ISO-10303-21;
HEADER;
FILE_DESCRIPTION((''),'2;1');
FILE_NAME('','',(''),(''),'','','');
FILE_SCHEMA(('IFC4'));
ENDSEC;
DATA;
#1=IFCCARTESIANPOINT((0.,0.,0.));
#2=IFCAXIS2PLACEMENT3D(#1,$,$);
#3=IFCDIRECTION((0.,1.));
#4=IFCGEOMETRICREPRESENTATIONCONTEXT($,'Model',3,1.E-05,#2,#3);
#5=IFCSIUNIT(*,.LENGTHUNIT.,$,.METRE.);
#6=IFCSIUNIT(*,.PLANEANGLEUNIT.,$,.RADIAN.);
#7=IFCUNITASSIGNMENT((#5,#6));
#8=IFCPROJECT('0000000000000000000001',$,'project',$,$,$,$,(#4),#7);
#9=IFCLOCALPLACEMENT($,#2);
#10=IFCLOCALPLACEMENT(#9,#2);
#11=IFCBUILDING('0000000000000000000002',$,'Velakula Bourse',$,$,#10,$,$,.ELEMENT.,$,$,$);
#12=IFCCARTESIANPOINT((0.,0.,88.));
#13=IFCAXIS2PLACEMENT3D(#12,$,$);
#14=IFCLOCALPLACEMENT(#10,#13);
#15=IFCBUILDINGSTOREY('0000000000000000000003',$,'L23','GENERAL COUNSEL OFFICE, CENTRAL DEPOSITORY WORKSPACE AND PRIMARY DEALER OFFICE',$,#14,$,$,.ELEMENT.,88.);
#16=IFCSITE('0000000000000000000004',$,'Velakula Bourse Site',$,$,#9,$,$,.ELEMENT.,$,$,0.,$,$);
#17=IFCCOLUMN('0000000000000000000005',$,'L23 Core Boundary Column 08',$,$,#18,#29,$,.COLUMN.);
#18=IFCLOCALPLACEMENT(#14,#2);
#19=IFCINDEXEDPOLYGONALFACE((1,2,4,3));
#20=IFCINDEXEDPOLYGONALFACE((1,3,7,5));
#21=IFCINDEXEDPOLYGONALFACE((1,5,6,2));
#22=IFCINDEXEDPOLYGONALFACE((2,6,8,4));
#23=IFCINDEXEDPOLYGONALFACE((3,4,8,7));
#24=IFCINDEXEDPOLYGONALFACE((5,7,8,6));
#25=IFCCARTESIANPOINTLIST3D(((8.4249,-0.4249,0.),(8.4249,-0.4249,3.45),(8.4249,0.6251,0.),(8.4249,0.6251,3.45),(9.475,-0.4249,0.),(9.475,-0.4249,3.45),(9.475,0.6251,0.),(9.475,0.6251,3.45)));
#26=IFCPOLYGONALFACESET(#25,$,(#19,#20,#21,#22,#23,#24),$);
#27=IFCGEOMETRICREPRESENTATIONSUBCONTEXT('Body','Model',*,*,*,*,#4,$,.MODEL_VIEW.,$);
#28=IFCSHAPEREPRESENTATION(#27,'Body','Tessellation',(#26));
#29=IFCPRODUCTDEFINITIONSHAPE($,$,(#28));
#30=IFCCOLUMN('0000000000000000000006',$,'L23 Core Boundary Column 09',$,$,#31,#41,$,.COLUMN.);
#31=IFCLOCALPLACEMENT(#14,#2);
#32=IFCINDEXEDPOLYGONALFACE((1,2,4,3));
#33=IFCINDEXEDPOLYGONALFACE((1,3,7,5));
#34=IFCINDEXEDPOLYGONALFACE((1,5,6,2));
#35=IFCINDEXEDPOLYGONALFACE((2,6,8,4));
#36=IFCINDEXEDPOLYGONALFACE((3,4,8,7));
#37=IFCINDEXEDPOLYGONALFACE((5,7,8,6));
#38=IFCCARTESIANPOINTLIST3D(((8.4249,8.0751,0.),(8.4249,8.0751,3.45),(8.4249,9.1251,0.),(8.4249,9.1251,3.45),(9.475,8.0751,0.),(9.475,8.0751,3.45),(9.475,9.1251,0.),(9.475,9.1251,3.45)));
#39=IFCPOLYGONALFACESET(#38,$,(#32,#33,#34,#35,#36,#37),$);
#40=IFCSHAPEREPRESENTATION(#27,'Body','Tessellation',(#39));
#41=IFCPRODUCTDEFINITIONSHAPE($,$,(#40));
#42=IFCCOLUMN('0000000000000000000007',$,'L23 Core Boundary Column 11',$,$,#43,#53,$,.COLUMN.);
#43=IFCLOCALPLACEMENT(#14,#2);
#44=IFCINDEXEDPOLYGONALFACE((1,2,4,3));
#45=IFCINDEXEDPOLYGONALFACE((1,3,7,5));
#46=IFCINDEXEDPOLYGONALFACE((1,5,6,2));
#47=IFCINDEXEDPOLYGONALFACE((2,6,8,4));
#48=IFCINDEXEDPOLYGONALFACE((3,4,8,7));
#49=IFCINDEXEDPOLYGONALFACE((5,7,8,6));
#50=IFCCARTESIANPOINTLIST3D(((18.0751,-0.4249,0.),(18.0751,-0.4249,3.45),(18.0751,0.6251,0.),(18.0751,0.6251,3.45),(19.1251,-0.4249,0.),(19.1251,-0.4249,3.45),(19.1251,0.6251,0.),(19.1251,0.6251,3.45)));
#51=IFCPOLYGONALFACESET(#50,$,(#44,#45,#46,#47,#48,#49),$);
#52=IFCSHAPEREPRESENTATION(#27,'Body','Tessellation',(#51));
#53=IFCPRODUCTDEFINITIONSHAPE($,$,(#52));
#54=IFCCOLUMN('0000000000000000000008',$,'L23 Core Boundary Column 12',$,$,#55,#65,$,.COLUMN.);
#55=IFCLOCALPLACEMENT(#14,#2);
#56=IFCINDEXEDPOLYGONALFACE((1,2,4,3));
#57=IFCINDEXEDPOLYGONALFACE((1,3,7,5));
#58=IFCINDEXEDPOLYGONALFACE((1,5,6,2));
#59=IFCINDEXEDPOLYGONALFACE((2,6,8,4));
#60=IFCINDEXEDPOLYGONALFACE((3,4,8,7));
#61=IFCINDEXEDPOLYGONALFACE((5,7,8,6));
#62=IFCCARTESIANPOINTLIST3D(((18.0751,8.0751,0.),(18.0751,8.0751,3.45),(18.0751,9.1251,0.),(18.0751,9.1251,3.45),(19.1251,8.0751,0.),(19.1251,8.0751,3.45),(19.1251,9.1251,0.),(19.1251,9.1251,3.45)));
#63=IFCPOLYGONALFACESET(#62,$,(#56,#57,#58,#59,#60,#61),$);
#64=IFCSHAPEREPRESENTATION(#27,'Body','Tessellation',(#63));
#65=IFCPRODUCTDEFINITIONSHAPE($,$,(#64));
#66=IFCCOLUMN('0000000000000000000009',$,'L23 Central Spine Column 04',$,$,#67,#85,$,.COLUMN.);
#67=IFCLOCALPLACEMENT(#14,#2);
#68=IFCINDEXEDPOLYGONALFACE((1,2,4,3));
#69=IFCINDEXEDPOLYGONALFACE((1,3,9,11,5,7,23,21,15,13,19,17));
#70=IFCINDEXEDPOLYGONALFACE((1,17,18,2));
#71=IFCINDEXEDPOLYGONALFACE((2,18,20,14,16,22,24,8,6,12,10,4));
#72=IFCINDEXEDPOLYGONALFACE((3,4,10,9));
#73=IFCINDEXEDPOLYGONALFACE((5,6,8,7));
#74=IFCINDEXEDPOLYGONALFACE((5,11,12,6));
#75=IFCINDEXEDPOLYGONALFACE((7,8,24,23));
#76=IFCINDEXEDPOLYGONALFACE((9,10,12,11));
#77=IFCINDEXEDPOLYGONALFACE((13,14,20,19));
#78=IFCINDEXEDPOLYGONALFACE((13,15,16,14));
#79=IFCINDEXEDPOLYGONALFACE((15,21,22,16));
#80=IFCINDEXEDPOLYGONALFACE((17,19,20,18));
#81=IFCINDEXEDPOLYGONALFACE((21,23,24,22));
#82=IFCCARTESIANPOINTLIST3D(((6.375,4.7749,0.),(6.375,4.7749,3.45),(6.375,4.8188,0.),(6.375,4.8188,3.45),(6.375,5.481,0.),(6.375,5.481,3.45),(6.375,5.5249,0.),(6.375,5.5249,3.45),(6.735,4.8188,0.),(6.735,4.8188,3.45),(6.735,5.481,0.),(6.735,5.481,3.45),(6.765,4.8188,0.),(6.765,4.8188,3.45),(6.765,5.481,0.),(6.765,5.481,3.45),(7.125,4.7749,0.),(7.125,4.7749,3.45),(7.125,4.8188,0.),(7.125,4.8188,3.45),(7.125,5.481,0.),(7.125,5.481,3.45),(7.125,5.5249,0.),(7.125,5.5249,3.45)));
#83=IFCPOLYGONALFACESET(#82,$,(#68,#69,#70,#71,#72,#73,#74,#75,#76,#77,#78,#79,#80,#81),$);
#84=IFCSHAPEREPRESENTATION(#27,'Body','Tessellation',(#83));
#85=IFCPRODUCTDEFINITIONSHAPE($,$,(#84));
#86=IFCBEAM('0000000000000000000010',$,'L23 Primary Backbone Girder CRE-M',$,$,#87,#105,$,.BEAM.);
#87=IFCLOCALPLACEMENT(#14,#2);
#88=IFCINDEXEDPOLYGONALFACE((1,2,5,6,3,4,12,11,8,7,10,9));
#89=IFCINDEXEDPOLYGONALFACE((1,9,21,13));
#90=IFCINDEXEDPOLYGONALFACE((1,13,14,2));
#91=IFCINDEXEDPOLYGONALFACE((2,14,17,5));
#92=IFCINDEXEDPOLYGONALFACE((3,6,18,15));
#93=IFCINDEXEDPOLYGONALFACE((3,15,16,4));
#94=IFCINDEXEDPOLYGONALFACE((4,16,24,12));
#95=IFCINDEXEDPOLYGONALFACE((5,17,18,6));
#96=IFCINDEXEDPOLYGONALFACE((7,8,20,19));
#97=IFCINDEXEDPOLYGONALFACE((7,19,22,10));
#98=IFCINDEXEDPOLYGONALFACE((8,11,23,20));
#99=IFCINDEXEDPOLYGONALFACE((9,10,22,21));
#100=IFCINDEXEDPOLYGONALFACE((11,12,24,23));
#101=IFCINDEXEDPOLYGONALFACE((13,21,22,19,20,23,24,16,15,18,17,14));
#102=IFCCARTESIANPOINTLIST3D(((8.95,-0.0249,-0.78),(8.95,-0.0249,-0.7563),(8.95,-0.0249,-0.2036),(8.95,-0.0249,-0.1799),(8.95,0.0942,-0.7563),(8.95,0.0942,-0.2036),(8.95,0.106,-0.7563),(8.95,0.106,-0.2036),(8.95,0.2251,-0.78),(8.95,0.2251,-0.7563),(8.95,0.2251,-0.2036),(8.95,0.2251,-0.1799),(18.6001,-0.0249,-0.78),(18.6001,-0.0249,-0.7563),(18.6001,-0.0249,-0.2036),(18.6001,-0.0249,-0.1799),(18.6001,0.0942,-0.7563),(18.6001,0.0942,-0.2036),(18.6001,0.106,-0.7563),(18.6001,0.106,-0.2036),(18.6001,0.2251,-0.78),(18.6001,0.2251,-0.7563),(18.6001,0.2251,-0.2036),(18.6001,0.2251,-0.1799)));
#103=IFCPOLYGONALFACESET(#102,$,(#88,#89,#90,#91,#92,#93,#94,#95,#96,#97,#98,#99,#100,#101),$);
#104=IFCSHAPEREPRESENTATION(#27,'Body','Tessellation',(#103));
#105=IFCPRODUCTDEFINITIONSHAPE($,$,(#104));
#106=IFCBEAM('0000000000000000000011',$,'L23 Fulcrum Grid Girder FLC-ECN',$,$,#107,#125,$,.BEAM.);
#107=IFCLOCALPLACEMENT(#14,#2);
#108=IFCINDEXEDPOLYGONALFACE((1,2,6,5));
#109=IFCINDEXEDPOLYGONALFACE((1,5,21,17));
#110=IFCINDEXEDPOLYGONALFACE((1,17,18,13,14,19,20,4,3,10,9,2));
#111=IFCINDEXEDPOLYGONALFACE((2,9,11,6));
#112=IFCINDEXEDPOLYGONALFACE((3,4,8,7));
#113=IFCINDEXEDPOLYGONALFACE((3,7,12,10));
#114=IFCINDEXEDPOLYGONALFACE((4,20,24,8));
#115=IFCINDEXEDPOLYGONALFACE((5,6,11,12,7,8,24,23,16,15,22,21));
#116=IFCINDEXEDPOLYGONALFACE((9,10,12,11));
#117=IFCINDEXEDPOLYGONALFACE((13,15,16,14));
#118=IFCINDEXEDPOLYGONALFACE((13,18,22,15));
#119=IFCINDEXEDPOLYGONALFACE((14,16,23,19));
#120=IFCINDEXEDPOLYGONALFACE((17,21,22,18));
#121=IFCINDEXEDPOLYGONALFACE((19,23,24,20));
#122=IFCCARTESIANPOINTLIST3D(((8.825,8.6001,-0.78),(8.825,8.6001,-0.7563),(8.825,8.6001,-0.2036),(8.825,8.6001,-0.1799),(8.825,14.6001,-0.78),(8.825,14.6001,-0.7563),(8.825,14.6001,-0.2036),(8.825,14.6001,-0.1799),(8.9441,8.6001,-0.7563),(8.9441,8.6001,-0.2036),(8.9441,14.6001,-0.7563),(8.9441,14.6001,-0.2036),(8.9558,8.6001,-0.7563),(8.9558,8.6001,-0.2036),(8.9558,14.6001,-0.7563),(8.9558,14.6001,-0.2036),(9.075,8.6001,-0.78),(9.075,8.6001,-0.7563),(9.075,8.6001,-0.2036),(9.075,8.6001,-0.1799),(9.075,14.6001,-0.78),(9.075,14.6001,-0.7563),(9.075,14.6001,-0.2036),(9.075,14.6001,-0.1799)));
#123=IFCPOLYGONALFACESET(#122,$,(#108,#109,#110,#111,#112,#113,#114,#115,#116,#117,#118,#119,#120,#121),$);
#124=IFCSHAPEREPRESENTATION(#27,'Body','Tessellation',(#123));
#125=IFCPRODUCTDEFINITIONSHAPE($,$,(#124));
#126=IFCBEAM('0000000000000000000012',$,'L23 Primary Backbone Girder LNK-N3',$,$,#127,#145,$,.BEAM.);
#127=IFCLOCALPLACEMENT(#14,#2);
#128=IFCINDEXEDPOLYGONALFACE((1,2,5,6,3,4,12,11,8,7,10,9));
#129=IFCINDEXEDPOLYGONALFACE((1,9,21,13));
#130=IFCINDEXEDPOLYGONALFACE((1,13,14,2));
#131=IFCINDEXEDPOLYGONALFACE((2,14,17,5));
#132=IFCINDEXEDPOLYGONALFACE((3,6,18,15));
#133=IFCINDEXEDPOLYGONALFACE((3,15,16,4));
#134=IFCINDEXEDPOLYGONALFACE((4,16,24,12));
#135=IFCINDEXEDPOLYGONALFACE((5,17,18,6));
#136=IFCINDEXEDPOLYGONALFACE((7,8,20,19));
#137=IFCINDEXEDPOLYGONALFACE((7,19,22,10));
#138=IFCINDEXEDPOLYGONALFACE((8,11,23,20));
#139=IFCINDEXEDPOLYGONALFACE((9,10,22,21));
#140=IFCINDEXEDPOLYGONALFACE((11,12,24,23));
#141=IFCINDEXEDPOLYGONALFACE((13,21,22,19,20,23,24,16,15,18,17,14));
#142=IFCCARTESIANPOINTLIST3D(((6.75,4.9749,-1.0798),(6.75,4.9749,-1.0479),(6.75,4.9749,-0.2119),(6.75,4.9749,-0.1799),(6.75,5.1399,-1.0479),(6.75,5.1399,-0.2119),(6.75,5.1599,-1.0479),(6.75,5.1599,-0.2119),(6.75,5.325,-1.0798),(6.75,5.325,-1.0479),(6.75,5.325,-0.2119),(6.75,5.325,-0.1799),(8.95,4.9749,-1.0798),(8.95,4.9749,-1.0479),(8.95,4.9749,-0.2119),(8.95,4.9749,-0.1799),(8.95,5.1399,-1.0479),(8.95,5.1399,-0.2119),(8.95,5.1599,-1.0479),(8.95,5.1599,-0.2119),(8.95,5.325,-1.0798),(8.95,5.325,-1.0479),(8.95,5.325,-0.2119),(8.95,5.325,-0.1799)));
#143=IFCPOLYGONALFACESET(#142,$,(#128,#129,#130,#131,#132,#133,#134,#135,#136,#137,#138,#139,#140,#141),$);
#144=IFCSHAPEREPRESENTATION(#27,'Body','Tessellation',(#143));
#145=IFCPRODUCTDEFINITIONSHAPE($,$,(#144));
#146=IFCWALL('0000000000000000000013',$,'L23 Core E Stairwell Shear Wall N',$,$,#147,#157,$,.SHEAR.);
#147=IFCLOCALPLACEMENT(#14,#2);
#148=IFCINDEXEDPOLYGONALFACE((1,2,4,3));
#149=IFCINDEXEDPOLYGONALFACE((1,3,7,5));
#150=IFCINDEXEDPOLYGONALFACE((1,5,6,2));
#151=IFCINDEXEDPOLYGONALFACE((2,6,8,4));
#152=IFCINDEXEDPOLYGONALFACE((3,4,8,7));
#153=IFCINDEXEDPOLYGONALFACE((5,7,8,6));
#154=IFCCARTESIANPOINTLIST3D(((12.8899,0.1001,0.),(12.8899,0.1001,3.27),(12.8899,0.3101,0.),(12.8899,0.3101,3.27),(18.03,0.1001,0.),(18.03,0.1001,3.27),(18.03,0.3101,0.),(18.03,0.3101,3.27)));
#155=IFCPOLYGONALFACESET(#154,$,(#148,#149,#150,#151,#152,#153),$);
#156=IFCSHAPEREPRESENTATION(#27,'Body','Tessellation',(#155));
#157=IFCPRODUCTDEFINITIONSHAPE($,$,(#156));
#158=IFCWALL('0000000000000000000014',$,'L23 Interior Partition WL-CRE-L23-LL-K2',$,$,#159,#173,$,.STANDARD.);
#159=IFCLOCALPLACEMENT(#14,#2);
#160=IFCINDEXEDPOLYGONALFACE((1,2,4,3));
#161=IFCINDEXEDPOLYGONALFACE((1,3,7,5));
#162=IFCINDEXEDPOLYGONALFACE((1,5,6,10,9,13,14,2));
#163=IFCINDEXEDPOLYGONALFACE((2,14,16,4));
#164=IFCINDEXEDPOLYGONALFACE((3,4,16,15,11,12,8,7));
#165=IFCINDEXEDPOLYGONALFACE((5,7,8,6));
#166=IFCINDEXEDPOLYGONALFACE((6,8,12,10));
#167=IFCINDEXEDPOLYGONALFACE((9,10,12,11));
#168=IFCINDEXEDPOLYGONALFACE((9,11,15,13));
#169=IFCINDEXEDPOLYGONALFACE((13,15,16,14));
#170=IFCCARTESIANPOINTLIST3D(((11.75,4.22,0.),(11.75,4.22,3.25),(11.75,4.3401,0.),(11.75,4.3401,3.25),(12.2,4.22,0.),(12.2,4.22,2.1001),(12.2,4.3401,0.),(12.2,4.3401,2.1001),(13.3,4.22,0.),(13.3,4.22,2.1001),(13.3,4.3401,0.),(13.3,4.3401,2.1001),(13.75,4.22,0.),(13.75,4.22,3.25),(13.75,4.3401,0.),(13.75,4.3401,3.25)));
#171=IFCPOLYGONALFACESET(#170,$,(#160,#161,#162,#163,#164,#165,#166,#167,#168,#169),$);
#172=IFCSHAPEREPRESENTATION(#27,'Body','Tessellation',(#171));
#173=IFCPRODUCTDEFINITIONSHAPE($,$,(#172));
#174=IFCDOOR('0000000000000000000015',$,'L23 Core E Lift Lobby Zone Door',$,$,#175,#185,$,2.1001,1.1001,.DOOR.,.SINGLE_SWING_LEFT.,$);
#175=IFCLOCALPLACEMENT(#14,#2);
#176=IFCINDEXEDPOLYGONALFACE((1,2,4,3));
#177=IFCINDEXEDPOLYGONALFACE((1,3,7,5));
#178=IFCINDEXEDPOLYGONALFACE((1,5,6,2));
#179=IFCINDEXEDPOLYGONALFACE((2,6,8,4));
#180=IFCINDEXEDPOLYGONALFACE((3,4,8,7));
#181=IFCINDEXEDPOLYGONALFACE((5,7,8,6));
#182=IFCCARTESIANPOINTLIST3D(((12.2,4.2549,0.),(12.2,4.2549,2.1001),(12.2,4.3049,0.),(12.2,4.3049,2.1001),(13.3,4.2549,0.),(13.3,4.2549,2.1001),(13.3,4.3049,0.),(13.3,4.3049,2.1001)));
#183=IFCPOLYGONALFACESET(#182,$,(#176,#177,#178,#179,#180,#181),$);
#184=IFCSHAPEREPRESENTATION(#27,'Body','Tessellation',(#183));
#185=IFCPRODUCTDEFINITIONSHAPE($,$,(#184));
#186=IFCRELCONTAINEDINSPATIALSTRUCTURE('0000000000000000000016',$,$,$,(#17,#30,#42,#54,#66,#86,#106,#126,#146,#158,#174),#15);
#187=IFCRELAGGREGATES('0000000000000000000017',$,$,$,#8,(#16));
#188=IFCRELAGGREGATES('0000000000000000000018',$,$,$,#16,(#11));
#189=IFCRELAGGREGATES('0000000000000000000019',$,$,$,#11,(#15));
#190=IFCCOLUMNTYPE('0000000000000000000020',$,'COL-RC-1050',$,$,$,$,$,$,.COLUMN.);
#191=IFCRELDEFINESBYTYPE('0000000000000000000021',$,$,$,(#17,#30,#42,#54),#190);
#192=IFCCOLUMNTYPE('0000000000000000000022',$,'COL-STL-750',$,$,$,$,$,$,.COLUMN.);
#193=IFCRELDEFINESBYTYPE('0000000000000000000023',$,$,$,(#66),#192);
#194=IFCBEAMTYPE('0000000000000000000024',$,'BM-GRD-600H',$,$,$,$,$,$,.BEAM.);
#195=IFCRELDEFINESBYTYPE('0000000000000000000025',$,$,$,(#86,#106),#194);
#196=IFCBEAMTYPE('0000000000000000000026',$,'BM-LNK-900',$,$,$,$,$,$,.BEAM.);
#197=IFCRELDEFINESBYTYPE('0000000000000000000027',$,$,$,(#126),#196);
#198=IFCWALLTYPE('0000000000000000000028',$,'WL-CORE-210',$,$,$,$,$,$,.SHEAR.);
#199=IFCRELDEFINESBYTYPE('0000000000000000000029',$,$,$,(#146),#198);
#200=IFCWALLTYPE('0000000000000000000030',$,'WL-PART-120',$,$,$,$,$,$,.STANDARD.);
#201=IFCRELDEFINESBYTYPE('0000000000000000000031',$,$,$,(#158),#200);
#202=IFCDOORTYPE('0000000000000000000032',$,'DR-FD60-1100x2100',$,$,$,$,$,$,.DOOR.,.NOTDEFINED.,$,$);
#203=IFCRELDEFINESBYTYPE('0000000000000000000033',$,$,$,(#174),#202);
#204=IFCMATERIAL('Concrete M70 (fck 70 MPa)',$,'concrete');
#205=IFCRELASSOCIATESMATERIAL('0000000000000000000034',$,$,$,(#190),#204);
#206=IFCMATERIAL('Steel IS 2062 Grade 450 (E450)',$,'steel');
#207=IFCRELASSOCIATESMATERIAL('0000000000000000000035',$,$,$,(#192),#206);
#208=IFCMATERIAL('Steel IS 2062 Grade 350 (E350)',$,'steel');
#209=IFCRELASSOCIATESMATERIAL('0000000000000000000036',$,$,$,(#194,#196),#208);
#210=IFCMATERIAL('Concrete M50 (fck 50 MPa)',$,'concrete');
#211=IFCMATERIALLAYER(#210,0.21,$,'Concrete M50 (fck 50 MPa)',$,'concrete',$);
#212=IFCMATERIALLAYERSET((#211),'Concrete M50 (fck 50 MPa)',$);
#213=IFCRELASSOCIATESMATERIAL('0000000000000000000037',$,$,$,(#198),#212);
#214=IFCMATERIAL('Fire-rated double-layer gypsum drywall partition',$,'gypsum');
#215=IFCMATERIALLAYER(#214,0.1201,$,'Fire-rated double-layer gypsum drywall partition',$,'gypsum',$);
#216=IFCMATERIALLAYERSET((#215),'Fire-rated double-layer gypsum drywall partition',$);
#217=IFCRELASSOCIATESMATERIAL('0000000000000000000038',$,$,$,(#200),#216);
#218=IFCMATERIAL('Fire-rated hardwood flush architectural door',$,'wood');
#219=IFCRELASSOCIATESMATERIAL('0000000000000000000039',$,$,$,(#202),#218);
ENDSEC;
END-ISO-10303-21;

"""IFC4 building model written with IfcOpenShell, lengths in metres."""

from ifc_helpers import new_model, si_unit, direction, frame, frame_2d, origin, origin_2d, place, context, subcontext, project, spatial, rectangle, i_section, extrude, material, layer, layer_set, material_profile, profile_set, type_object, element, fill, save


model = new_model("IFC4")

# Units and contexts
model_context = context("Model", 3, precision=1e-05, world=origin(), true_north=direction((0.0, 1.0)))
body_context = subcontext(model_context, "Body", "Model", "MODEL_VIEW")
ifc_project = project(units=[si_unit("LENGTHUNIT", "METRE"), si_unit("PLANEANGLEUNIT", "RADIAN")], contexts=[model_context])

# Site, building, storey
site_placement = place(None, origin())
site = spatial("IfcSite", under=ifc_project, at=site_placement, Name="Velakula Bourse Site", CompositionType="ELEMENT", RefElevation=0.0)
building_placement = place(site_placement, origin())
building = spatial("IfcBuilding", under=site, at=building_placement, Name="Velakula Bourse", CompositionType="ELEMENT")
storey_placement = place(building_placement, frame((0.0, 0.0, 88.0)))
storey = spatial("IfcBuildingStorey", under=building, at=storey_placement, Name="L23", Description="GENERAL COUNSEL OFFICE, CENTRAL DEPOSITORY WORKSPACE AND PRIMARY DEALER OFFICE", CompositionType="ELEMENT", Elevation=88.0)

# Columns
ifc_material_1 = material(Name="Concrete M70 (fck 70 MPa)", Category="concrete")
ifc_material_profile_1 = material_profile(ifc_material_1, rectangle(XDim=1.05, YDim=1.05, at=origin_2d()), Name="Concrete M70 (fck 70 MPa)")
ifc_profile_set_1 = profile_set([ifc_material_profile_1], Name="Concrete M70 (fck 70 MPa)")
column_type_1 = type_object("IfcColumnType", Name="COL-RC-1050", PredefinedType="COLUMN", material=ifc_profile_set_1)
for number, where, z_axis, x_axis, name in (
    (1, (8.95, 0.1001, 0.0), (0.0, 0.0, 1.0), (1.0, 0.0, 0.0), "L23 Core Boundary Column 08"),
    (2, (8.95, 8.6001, 0.0), (0.0, 0.0, 1.0), (1.0, 0.0, 0.0), "L23 Core Boundary Column 09"),
    (3, (18.6001, 0.1001, 0.0), (0.0, 0.0, 1.0), (1.0, 0.0, 0.0), "L23 Core Boundary Column 11"),
    (4, (18.6001, 8.6001, 0.0), (0.0, 0.0, 1.0), (1.0, 0.0, 0.0), "L23 Core Boundary Column 12"),
):
    element("IfcColumn", number, at=place(storey_placement, frame(where, z_axis=z_axis, x_axis=x_axis)), inside=storey, type_object=column_type_1, Name=name, PredefinedType="COLUMN", context=body_context, shape_type="SweptSolid", body=[
        extrude(rectangle(XDim=1.05, YDim=1.05, at=origin_2d()), origin(), (0.0, 0.0, 1.0), 3.45),
    ])
ifc_material_2 = material(Name="Steel IS 2062 Grade 450 (E450)", Category="steel")
ifc_material_profile_2 = material_profile(ifc_material_2, i_section(OverallWidth=0.75, OverallDepth=0.75, WebThickness=0.03, FlangeThickness=0.0439, at=origin_2d()), Name="Steel IS 2062 Grade 450 (E450)")
ifc_profile_set_2 = profile_set([ifc_material_profile_2], Name="Steel IS 2062 Grade 450 (E450)")
column_type_2 = type_object("IfcColumnType", Name="COL-STL-750", PredefinedType="COLUMN", material=ifc_profile_set_2)
column_placement = place(storey_placement, frame((6.75, 5.1499, 0.0), z_axis=(0.0, 0.0, 1.0), x_axis=(1.0, 0.0, 0.0)))
element("IfcColumn", 5, at=column_placement, inside=storey, type_object=column_type_2, Name="L23 Central Spine Column 04", PredefinedType="COLUMN", context=body_context, shape_type="SweptSolid", body=[
    extrude(i_section(OverallWidth=0.75, OverallDepth=0.75, WebThickness=0.03, FlangeThickness=0.0439, at=origin_2d()), origin(), (0.0, 0.0, 1.0), 3.45),
])

# Beams
ifc_material_3 = material(Name="Steel IS 2062 Grade 350 (E350)", Category="steel")
ifc_material_profile_3 = material_profile(ifc_material_3, i_section(OverallWidth=0.25, OverallDepth=0.6001, WebThickness=0.0117, FlangeThickness=0.0237, at=origin_2d()), Name="Steel IS 2062 Grade 350 (E350)")
ifc_profile_set_3 = profile_set([ifc_material_profile_3], Name="Steel IS 2062 Grade 350 (E350)")
beam_type_1 = type_object("IfcBeamType", Name="BM-GRD-600H", PredefinedType="BEAM", material=ifc_profile_set_3)
beam_1_placement = place(storey_placement, frame((8.95, 0.1001, -0.48), z_axis=(1.0, 0.0, 0.0), x_axis=(0.0, 1.0, 0.0)))
element("IfcBeam", 6, at=beam_1_placement, inside=storey, type_object=beam_type_1, Name="L23 Primary Backbone Girder CRE-M", PredefinedType="BEAM", context=body_context, shape_type="SweptSolid", body=[
    extrude(i_section(OverallWidth=0.25, OverallDepth=0.6001, WebThickness=0.0117, FlangeThickness=0.0237, at=origin_2d()), origin(), (0.0, 0.0, 1.0), 9.6501),
])
beam_2_placement = place(storey_placement, frame((8.95, 8.6001, -0.48), z_axis=(0.0, 1.0, 0.0), x_axis=(-1.0, 0.0, 0.0)))
element("IfcBeam", 7, at=beam_2_placement, inside=storey, type_object=beam_type_1, Name="L23 Fulcrum Grid Girder FLC-ECN", PredefinedType="BEAM", context=body_context, shape_type="SweptSolid", body=[
    extrude(i_section(OverallWidth=0.25, OverallDepth=0.6001, WebThickness=0.0117, FlangeThickness=0.0237, at=origin_2d()), origin(), (0.0, 0.0, 1.0), 6.0),
])
ifc_material_profile_4 = material_profile(ifc_material_3, i_section(OverallWidth=0.3501, OverallDepth=0.8999, WebThickness=0.02, FlangeThickness=0.032, at=origin_2d()), Name="Steel IS 2062 Grade 350 (E350)")
ifc_profile_set_4 = profile_set([ifc_material_profile_4], Name="Steel IS 2062 Grade 350 (E350)")
beam_type_2 = type_object("IfcBeamType", Name="BM-LNK-900", PredefinedType="BEAM", material=ifc_profile_set_4)
beam_3_placement = place(storey_placement, frame((6.75, 5.1499, -0.6299), z_axis=(1.0, 0.0, 0.0), x_axis=(0.0, 1.0, 0.0)))
element("IfcBeam", 8, at=beam_3_placement, inside=storey, type_object=beam_type_2, Name="L23 Primary Backbone Girder LNK-N3", PredefinedType="BEAM", context=body_context, shape_type="SweptSolid", body=[
    extrude(i_section(OverallWidth=0.3501, OverallDepth=0.8999, WebThickness=0.02, FlangeThickness=0.032, at=origin_2d()), origin(), (0.0, 0.0, 1.0), 2.2),
])

# Wall
ifc_material_4 = material(Name="Concrete M50 (fck 50 MPa)", Category="concrete")
ifc_layer_1 = layer(ifc_material_4, 0.21, Name="Concrete M50 (fck 50 MPa)", Category="concrete")
ifc_layer_set_1 = layer_set([ifc_layer_1], Name="Concrete M50 (fck 50 MPa)")
wall_type_1 = type_object("IfcWallType", Name="WL-CORE-210", PredefinedType="SHEAR", material=ifc_layer_set_1)
wall_1_placement = place(storey_placement, frame((18.03, 0.2051, 0.0), z_axis=(0.0, 0.0, 1.0), x_axis=(-1.0, 0.0, 0.0)))
element("IfcWall", 9, at=wall_1_placement, inside=storey, type_object=wall_type_1, Name="L23 Core E Stairwell Shear Wall N", PredefinedType="SHEAR", context=body_context, shape_type="SweptSolid", body=[
    extrude(rectangle(XDim=5.1401, YDim=0.21, at=frame_2d((2.5701, 0.0))), origin(), (0.0, 0.0, 1.0), 3.27),
])

# Wall, opening, door
ifc_material_5 = material(Name="Fire-rated double-layer gypsum drywall partition", Category="gypsum")
ifc_layer_2 = layer(ifc_material_5, 0.1201, Name="Fire-rated double-layer gypsum drywall partition", Category="gypsum")
ifc_layer_set_2 = layer_set([ifc_layer_2], Name="Fire-rated double-layer gypsum drywall partition")
wall_type_2 = type_object("IfcWallType", Name="WL-PART-120", PredefinedType="STANDARD", material=ifc_layer_set_2)
wall_2_placement = place(storey_placement, frame((11.75, 4.28, 0.0), z_axis=(0.0, 0.0, 1.0), x_axis=(1.0, 0.0, 0.0)))
wall_2 = element("IfcWall", 10, at=wall_2_placement, inside=storey, type_object=wall_type_2, Name="L23 Interior Partition WL-CRE-L23-LL-K2", PredefinedType="STANDARD", context=body_context, shape_type="SweptSolid", body=[
    extrude(rectangle(XDim=2.0, YDim=0.1201, at=frame_2d((1.0, 0.0))), origin(), (0.0, 0.0, 1.0), 3.25),
])
opening_1_placement = place(wall_2_placement, frame((0.45, 0.0, 0.0)))
opening_1 = element("IfcOpeningElement", 11, at=opening_1_placement, cuts=wall_2, PredefinedType="OPENING", context=body_context, shape_type="SweptSolid", body=[
    extrude(rectangle(XDim=1.1001, YDim=2.1001, at=frame_2d((0.55, 1.05))), frame((0.0, 0.0701, 0.0), z_axis=(0.0, -1.0, 0.0), x_axis=(1.0, 0.0, 0.0)), (0.0, 0.0, 1.0), 0.1401),
])
ifc_material_6 = material(Name="Fire-rated hardwood flush architectural door", Category="wood")
door_type_1 = type_object("IfcDoorType", Name="DR-FD60-1100x2100", OperationType="NOTDEFINED", PredefinedType="DOOR", material=ifc_material_6)
door_1_placement = place(opening_1_placement, origin())
door_1 = element("IfcDoor", 12, at=door_1_placement, inside=storey, type_object=door_type_1, Name="L23 Core E Lift Lobby Zone Door", OperationType="SINGLE_SWING_LEFT", OverallHeight=2.1001, OverallWidth=1.1001, PredefinedType="DOOR", context=body_context, shape_type="SweptSolid", body=[
    extrude(rectangle(XDim=1.1001, YDim=2.1001, at=frame_2d((0.55, 1.05))), frame((0.0, 0.0249, 0.0), z_axis=(0.0, -1.0, 0.0), x_axis=(1.0, 0.0, 0.0)), (0.0, 0.0, 1.0), 0.05),
])
fill(opening_1, door_1)

save(model, "model.ifc")
